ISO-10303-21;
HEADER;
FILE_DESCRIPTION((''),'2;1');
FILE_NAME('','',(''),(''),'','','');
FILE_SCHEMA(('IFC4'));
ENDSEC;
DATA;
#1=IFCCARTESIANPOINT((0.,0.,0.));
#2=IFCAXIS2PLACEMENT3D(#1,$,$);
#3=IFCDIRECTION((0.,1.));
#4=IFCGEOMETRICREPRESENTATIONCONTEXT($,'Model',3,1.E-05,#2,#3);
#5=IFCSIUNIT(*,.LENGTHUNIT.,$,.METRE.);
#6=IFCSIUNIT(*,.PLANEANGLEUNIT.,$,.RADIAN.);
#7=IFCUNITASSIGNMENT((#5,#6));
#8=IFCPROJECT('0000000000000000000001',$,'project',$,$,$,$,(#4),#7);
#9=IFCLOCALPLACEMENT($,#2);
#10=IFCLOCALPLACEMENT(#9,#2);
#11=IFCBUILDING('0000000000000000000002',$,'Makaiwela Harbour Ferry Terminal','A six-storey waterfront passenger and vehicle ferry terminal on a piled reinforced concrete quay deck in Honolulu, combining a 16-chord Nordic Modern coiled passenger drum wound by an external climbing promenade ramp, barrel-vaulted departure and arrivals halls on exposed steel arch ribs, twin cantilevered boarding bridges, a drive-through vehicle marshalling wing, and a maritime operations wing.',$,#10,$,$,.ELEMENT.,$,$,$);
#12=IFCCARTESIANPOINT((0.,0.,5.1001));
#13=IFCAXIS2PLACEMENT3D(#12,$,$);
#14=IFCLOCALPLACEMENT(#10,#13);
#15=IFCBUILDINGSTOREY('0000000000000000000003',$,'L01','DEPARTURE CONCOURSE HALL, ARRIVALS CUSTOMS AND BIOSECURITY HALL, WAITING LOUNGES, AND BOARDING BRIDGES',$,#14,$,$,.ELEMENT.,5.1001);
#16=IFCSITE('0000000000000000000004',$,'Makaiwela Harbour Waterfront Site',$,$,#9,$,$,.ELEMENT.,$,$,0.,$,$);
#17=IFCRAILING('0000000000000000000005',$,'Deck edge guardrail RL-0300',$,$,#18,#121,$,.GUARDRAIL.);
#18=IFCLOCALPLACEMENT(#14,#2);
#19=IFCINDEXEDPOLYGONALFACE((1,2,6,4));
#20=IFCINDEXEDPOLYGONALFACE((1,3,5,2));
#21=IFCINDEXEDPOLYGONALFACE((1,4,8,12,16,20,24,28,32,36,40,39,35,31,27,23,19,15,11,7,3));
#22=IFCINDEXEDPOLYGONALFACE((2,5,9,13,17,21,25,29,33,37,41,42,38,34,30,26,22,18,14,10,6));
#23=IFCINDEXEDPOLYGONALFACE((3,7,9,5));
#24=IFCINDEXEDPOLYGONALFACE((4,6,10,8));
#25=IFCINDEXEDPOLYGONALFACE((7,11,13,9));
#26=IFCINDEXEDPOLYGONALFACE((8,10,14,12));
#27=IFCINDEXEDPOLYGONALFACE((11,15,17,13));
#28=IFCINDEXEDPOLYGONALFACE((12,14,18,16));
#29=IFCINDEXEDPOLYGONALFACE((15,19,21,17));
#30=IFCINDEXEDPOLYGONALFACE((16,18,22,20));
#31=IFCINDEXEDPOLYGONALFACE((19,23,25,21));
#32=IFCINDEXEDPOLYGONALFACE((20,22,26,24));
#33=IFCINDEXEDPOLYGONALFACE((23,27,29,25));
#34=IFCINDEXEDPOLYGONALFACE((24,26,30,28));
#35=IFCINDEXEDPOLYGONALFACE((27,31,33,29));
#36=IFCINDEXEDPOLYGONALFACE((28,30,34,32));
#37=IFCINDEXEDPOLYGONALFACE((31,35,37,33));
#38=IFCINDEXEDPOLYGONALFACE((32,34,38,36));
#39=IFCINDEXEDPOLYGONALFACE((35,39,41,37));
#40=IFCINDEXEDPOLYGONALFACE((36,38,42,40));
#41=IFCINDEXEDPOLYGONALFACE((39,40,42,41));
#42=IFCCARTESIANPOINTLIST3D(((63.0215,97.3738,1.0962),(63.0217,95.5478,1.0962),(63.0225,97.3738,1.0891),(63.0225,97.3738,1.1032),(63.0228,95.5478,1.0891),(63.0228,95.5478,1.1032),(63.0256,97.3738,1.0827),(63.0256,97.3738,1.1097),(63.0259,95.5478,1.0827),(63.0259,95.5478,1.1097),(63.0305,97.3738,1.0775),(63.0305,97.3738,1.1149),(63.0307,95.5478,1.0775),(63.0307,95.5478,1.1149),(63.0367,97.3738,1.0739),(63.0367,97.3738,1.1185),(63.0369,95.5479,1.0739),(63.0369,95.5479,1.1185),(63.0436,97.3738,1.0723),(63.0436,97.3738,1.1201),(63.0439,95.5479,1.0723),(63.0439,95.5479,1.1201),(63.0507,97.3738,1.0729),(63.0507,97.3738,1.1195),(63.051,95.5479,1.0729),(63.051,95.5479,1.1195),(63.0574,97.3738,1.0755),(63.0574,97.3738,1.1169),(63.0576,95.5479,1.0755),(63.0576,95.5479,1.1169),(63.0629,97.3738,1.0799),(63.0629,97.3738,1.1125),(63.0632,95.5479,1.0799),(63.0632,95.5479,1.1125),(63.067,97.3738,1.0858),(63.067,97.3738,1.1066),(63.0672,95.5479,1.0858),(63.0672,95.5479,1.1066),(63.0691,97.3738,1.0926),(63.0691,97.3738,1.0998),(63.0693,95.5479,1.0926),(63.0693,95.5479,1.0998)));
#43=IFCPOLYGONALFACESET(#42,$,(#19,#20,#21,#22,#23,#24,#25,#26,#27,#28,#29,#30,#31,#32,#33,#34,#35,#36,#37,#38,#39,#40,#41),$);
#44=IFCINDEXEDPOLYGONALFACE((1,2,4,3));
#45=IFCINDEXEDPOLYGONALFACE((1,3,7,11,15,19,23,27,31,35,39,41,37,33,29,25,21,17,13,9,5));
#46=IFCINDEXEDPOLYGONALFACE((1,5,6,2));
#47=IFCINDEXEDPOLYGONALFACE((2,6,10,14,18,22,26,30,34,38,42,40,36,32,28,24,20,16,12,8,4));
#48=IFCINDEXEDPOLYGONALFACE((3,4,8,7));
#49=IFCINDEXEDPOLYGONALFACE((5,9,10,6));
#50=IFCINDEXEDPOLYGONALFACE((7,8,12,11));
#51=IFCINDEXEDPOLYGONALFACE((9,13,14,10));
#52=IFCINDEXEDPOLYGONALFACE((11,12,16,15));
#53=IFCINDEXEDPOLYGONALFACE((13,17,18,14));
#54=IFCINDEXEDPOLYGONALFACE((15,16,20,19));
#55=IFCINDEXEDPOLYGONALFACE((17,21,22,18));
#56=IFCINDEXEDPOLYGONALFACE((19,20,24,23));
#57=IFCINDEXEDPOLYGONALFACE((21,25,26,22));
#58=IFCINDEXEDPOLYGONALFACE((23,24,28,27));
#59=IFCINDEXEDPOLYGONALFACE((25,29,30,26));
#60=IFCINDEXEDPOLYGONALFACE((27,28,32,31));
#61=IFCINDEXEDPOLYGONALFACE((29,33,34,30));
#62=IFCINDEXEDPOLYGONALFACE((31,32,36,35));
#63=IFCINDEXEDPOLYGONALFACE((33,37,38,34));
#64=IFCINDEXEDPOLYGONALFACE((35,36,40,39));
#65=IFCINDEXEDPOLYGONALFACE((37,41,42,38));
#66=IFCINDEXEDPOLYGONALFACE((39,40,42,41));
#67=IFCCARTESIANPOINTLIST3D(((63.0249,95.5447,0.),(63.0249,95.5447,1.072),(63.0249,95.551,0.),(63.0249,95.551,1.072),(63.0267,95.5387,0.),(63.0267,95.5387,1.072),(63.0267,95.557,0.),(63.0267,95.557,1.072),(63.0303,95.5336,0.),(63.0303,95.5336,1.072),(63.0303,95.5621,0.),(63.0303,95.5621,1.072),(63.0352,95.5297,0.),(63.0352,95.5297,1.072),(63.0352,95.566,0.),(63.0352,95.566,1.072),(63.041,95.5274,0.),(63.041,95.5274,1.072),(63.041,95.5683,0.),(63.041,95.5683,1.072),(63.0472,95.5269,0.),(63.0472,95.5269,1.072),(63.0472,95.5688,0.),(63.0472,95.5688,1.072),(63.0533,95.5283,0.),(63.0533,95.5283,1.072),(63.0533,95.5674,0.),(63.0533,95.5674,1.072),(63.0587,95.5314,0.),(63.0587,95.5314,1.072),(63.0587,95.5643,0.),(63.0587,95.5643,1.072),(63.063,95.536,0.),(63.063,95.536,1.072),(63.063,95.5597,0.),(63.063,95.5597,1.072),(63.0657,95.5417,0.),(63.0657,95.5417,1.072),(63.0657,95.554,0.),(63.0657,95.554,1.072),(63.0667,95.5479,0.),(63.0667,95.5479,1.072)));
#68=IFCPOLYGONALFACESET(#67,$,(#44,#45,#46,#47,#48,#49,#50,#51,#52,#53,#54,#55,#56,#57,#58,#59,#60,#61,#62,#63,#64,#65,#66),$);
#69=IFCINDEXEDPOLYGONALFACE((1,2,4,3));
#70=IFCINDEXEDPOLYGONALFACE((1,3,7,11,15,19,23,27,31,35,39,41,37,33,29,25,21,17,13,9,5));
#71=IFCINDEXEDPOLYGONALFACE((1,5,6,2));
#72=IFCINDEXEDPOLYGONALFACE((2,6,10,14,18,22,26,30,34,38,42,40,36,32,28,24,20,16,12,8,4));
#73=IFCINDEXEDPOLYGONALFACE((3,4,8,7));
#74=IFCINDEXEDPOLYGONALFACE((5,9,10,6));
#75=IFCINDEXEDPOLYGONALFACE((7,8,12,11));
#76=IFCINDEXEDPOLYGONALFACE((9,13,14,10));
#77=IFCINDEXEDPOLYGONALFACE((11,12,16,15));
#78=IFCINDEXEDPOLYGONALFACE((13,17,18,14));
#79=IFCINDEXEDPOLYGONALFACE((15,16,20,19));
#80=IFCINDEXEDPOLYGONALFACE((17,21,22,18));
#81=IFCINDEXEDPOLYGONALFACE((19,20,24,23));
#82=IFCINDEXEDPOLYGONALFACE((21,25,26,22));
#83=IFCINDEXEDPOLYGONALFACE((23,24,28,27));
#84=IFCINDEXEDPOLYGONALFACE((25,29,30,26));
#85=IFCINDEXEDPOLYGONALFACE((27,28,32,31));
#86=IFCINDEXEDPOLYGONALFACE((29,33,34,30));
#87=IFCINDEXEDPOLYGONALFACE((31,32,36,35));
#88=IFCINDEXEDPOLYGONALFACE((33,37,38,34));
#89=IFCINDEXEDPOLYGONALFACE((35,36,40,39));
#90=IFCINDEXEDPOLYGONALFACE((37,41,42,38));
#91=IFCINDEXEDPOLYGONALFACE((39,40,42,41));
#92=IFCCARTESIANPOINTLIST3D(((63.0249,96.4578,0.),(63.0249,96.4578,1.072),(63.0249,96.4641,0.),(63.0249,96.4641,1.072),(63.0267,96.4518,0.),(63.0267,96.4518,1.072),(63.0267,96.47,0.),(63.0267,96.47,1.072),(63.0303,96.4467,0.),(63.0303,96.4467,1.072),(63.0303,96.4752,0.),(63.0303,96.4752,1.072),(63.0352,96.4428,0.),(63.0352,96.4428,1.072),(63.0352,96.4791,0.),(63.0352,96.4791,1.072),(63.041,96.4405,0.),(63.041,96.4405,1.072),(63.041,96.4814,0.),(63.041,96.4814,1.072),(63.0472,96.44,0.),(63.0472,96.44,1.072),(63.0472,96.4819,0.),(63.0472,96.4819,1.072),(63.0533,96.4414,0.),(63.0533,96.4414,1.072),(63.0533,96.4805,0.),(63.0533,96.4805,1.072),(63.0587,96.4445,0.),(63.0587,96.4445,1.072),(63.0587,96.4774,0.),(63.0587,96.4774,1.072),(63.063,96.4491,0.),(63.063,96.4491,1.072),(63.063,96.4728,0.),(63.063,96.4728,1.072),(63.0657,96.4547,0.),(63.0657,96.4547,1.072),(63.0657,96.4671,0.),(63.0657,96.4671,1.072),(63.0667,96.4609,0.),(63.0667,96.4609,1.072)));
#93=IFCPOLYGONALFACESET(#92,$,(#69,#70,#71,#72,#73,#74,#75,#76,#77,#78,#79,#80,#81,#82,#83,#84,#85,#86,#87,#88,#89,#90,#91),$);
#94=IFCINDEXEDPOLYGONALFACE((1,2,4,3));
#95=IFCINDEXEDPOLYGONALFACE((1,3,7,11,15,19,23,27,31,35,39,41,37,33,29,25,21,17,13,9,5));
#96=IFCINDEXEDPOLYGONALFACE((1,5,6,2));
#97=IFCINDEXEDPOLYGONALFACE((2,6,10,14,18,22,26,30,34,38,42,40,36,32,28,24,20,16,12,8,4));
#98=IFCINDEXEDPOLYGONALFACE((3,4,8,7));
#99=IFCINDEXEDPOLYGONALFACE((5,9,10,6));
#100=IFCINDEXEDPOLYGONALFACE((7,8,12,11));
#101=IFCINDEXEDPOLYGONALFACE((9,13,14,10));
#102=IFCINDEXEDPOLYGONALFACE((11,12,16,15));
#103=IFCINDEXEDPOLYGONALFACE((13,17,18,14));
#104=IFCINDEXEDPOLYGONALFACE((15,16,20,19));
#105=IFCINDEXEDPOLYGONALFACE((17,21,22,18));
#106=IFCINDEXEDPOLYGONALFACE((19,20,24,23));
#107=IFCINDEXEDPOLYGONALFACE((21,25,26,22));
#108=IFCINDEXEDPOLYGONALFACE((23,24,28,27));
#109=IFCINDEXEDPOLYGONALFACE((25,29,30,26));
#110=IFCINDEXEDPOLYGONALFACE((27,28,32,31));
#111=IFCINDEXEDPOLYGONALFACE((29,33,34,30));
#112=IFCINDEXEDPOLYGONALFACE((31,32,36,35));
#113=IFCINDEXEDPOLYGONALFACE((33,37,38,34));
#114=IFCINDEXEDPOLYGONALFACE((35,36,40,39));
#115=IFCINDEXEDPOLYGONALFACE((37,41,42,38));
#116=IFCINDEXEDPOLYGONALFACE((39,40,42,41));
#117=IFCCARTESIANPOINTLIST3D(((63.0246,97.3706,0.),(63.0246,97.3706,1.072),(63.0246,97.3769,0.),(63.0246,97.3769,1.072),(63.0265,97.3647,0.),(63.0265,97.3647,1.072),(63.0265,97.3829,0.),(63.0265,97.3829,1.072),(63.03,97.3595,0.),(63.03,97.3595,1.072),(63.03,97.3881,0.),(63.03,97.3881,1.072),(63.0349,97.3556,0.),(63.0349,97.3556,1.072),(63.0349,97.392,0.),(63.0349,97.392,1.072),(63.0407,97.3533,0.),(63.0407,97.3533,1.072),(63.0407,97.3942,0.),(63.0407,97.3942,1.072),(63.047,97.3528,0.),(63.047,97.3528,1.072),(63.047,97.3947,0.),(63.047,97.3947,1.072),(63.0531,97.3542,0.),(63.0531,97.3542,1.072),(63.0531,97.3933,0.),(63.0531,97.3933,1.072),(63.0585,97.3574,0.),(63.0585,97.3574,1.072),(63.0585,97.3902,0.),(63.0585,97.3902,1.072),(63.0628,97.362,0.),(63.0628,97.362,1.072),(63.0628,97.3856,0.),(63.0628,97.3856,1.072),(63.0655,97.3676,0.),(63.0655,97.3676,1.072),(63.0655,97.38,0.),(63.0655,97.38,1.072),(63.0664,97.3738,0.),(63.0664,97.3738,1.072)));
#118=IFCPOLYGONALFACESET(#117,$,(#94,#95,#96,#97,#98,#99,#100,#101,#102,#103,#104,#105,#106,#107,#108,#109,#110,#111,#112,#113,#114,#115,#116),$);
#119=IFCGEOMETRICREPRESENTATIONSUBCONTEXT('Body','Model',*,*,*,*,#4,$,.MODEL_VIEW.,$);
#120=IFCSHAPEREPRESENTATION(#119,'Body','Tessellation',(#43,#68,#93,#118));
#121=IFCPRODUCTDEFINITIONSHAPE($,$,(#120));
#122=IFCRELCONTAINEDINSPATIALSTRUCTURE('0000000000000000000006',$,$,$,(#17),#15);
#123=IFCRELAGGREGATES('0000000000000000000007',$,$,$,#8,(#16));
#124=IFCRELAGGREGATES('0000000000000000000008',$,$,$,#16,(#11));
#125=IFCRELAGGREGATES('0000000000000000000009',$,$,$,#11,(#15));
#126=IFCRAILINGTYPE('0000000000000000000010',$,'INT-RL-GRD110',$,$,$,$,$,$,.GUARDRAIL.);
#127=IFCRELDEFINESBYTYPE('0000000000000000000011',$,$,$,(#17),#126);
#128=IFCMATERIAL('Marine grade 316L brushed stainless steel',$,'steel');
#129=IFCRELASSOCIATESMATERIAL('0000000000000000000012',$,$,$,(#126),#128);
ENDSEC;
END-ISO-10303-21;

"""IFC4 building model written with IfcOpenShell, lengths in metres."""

from ifc_helpers import new_model, si_unit, direction, frame, origin, origin_2d, place, context, subcontext, project, spatial, circle, extrude, material, type_object, element, save


model = new_model("IFC4")

# Units and contexts
model_context = context("Model", 3, precision=1e-05, world=origin(), true_north=direction((0.0, 1.0)))
body_context = subcontext(model_context, "Body", "Model", "MODEL_VIEW")
ifc_project = project(units=[si_unit("LENGTHUNIT", "METRE"), si_unit("PLANEANGLEUNIT", "RADIAN")], contexts=[model_context])

# Site, building, storey
site_placement = place(None, origin())
site = spatial("IfcSite", under=ifc_project, at=site_placement, Name="Makaiwela Harbour Waterfront Site", CompositionType="ELEMENT", RefElevation=0.0)
building_placement = place(site_placement, origin())
building = spatial("IfcBuilding", under=site, at=building_placement, Name="Makaiwela Harbour Ferry Terminal", Description="A six-storey waterfront passenger and vehicle ferry terminal on a piled reinforced concrete quay deck in Honolulu, combining a 16-chord Nordic Modern coiled passenger drum wound by an external climbing promenade ramp, barrel-vaulted departure and arrivals halls on exposed steel arch ribs, twin cantilevered boarding bridges, a drive-through vehicle marshalling wing, and a maritime operations wing.", CompositionType="ELEMENT")
storey_placement = place(building_placement, frame((0.0, 0.0, 5.1001)))
storey = spatial("IfcBuildingStorey", under=building, at=storey_placement, Name="L01", Description="DEPARTURE CONCOURSE HALL, ARRIVALS CUSTOMS AND BIOSECURITY HALL, WAITING LOUNGES, AND BOARDING BRIDGES", CompositionType="ELEMENT", Elevation=5.1001)

# Railing
ifc_material_1 = material(Name="Marine grade 316L brushed stainless steel", Category="steel")
railing_type = type_object("IfcRailingType", Name="INT-RL-GRD110", PredefinedType="GUARDRAIL", material=ifc_material_1)
railing_1_placement = place(storey_placement, frame((63.0457, 95.5479, 0.0)))
element("IfcRailing", 1, at=railing_1_placement, inside=storey, type_object=railing_type, Name="Deck edge guardrail RL-0300", PredefinedType="GUARDRAIL", context=body_context, shape_type="SweptSolid", body=[
    extrude(circle(Radius=0.0239, at=origin_2d()), frame((0.0, 0.0, 1.0962), z_axis=(-0.000134, 1.0, 0.0), x_axis=(-1.0, -0.000134, 0.0)), (0.0, 0.0, 1.0), 1.8259),
    extrude(circle(Radius=0.021, at=origin_2d()), origin(), (0.0, 0.0, 1.0), 1.072),
    extrude(circle(Radius=0.021, at=origin_2d()), frame((0.0, 0.9131, 0.0)), (0.0, 0.0, 1.0), 1.072),
    extrude(circle(Radius=0.021, at=origin_2d()), frame((-0.0002, 1.8259, 0.0)), (0.0, 0.0, 1.0), 1.072),
])

save(model, "model.ifc")
